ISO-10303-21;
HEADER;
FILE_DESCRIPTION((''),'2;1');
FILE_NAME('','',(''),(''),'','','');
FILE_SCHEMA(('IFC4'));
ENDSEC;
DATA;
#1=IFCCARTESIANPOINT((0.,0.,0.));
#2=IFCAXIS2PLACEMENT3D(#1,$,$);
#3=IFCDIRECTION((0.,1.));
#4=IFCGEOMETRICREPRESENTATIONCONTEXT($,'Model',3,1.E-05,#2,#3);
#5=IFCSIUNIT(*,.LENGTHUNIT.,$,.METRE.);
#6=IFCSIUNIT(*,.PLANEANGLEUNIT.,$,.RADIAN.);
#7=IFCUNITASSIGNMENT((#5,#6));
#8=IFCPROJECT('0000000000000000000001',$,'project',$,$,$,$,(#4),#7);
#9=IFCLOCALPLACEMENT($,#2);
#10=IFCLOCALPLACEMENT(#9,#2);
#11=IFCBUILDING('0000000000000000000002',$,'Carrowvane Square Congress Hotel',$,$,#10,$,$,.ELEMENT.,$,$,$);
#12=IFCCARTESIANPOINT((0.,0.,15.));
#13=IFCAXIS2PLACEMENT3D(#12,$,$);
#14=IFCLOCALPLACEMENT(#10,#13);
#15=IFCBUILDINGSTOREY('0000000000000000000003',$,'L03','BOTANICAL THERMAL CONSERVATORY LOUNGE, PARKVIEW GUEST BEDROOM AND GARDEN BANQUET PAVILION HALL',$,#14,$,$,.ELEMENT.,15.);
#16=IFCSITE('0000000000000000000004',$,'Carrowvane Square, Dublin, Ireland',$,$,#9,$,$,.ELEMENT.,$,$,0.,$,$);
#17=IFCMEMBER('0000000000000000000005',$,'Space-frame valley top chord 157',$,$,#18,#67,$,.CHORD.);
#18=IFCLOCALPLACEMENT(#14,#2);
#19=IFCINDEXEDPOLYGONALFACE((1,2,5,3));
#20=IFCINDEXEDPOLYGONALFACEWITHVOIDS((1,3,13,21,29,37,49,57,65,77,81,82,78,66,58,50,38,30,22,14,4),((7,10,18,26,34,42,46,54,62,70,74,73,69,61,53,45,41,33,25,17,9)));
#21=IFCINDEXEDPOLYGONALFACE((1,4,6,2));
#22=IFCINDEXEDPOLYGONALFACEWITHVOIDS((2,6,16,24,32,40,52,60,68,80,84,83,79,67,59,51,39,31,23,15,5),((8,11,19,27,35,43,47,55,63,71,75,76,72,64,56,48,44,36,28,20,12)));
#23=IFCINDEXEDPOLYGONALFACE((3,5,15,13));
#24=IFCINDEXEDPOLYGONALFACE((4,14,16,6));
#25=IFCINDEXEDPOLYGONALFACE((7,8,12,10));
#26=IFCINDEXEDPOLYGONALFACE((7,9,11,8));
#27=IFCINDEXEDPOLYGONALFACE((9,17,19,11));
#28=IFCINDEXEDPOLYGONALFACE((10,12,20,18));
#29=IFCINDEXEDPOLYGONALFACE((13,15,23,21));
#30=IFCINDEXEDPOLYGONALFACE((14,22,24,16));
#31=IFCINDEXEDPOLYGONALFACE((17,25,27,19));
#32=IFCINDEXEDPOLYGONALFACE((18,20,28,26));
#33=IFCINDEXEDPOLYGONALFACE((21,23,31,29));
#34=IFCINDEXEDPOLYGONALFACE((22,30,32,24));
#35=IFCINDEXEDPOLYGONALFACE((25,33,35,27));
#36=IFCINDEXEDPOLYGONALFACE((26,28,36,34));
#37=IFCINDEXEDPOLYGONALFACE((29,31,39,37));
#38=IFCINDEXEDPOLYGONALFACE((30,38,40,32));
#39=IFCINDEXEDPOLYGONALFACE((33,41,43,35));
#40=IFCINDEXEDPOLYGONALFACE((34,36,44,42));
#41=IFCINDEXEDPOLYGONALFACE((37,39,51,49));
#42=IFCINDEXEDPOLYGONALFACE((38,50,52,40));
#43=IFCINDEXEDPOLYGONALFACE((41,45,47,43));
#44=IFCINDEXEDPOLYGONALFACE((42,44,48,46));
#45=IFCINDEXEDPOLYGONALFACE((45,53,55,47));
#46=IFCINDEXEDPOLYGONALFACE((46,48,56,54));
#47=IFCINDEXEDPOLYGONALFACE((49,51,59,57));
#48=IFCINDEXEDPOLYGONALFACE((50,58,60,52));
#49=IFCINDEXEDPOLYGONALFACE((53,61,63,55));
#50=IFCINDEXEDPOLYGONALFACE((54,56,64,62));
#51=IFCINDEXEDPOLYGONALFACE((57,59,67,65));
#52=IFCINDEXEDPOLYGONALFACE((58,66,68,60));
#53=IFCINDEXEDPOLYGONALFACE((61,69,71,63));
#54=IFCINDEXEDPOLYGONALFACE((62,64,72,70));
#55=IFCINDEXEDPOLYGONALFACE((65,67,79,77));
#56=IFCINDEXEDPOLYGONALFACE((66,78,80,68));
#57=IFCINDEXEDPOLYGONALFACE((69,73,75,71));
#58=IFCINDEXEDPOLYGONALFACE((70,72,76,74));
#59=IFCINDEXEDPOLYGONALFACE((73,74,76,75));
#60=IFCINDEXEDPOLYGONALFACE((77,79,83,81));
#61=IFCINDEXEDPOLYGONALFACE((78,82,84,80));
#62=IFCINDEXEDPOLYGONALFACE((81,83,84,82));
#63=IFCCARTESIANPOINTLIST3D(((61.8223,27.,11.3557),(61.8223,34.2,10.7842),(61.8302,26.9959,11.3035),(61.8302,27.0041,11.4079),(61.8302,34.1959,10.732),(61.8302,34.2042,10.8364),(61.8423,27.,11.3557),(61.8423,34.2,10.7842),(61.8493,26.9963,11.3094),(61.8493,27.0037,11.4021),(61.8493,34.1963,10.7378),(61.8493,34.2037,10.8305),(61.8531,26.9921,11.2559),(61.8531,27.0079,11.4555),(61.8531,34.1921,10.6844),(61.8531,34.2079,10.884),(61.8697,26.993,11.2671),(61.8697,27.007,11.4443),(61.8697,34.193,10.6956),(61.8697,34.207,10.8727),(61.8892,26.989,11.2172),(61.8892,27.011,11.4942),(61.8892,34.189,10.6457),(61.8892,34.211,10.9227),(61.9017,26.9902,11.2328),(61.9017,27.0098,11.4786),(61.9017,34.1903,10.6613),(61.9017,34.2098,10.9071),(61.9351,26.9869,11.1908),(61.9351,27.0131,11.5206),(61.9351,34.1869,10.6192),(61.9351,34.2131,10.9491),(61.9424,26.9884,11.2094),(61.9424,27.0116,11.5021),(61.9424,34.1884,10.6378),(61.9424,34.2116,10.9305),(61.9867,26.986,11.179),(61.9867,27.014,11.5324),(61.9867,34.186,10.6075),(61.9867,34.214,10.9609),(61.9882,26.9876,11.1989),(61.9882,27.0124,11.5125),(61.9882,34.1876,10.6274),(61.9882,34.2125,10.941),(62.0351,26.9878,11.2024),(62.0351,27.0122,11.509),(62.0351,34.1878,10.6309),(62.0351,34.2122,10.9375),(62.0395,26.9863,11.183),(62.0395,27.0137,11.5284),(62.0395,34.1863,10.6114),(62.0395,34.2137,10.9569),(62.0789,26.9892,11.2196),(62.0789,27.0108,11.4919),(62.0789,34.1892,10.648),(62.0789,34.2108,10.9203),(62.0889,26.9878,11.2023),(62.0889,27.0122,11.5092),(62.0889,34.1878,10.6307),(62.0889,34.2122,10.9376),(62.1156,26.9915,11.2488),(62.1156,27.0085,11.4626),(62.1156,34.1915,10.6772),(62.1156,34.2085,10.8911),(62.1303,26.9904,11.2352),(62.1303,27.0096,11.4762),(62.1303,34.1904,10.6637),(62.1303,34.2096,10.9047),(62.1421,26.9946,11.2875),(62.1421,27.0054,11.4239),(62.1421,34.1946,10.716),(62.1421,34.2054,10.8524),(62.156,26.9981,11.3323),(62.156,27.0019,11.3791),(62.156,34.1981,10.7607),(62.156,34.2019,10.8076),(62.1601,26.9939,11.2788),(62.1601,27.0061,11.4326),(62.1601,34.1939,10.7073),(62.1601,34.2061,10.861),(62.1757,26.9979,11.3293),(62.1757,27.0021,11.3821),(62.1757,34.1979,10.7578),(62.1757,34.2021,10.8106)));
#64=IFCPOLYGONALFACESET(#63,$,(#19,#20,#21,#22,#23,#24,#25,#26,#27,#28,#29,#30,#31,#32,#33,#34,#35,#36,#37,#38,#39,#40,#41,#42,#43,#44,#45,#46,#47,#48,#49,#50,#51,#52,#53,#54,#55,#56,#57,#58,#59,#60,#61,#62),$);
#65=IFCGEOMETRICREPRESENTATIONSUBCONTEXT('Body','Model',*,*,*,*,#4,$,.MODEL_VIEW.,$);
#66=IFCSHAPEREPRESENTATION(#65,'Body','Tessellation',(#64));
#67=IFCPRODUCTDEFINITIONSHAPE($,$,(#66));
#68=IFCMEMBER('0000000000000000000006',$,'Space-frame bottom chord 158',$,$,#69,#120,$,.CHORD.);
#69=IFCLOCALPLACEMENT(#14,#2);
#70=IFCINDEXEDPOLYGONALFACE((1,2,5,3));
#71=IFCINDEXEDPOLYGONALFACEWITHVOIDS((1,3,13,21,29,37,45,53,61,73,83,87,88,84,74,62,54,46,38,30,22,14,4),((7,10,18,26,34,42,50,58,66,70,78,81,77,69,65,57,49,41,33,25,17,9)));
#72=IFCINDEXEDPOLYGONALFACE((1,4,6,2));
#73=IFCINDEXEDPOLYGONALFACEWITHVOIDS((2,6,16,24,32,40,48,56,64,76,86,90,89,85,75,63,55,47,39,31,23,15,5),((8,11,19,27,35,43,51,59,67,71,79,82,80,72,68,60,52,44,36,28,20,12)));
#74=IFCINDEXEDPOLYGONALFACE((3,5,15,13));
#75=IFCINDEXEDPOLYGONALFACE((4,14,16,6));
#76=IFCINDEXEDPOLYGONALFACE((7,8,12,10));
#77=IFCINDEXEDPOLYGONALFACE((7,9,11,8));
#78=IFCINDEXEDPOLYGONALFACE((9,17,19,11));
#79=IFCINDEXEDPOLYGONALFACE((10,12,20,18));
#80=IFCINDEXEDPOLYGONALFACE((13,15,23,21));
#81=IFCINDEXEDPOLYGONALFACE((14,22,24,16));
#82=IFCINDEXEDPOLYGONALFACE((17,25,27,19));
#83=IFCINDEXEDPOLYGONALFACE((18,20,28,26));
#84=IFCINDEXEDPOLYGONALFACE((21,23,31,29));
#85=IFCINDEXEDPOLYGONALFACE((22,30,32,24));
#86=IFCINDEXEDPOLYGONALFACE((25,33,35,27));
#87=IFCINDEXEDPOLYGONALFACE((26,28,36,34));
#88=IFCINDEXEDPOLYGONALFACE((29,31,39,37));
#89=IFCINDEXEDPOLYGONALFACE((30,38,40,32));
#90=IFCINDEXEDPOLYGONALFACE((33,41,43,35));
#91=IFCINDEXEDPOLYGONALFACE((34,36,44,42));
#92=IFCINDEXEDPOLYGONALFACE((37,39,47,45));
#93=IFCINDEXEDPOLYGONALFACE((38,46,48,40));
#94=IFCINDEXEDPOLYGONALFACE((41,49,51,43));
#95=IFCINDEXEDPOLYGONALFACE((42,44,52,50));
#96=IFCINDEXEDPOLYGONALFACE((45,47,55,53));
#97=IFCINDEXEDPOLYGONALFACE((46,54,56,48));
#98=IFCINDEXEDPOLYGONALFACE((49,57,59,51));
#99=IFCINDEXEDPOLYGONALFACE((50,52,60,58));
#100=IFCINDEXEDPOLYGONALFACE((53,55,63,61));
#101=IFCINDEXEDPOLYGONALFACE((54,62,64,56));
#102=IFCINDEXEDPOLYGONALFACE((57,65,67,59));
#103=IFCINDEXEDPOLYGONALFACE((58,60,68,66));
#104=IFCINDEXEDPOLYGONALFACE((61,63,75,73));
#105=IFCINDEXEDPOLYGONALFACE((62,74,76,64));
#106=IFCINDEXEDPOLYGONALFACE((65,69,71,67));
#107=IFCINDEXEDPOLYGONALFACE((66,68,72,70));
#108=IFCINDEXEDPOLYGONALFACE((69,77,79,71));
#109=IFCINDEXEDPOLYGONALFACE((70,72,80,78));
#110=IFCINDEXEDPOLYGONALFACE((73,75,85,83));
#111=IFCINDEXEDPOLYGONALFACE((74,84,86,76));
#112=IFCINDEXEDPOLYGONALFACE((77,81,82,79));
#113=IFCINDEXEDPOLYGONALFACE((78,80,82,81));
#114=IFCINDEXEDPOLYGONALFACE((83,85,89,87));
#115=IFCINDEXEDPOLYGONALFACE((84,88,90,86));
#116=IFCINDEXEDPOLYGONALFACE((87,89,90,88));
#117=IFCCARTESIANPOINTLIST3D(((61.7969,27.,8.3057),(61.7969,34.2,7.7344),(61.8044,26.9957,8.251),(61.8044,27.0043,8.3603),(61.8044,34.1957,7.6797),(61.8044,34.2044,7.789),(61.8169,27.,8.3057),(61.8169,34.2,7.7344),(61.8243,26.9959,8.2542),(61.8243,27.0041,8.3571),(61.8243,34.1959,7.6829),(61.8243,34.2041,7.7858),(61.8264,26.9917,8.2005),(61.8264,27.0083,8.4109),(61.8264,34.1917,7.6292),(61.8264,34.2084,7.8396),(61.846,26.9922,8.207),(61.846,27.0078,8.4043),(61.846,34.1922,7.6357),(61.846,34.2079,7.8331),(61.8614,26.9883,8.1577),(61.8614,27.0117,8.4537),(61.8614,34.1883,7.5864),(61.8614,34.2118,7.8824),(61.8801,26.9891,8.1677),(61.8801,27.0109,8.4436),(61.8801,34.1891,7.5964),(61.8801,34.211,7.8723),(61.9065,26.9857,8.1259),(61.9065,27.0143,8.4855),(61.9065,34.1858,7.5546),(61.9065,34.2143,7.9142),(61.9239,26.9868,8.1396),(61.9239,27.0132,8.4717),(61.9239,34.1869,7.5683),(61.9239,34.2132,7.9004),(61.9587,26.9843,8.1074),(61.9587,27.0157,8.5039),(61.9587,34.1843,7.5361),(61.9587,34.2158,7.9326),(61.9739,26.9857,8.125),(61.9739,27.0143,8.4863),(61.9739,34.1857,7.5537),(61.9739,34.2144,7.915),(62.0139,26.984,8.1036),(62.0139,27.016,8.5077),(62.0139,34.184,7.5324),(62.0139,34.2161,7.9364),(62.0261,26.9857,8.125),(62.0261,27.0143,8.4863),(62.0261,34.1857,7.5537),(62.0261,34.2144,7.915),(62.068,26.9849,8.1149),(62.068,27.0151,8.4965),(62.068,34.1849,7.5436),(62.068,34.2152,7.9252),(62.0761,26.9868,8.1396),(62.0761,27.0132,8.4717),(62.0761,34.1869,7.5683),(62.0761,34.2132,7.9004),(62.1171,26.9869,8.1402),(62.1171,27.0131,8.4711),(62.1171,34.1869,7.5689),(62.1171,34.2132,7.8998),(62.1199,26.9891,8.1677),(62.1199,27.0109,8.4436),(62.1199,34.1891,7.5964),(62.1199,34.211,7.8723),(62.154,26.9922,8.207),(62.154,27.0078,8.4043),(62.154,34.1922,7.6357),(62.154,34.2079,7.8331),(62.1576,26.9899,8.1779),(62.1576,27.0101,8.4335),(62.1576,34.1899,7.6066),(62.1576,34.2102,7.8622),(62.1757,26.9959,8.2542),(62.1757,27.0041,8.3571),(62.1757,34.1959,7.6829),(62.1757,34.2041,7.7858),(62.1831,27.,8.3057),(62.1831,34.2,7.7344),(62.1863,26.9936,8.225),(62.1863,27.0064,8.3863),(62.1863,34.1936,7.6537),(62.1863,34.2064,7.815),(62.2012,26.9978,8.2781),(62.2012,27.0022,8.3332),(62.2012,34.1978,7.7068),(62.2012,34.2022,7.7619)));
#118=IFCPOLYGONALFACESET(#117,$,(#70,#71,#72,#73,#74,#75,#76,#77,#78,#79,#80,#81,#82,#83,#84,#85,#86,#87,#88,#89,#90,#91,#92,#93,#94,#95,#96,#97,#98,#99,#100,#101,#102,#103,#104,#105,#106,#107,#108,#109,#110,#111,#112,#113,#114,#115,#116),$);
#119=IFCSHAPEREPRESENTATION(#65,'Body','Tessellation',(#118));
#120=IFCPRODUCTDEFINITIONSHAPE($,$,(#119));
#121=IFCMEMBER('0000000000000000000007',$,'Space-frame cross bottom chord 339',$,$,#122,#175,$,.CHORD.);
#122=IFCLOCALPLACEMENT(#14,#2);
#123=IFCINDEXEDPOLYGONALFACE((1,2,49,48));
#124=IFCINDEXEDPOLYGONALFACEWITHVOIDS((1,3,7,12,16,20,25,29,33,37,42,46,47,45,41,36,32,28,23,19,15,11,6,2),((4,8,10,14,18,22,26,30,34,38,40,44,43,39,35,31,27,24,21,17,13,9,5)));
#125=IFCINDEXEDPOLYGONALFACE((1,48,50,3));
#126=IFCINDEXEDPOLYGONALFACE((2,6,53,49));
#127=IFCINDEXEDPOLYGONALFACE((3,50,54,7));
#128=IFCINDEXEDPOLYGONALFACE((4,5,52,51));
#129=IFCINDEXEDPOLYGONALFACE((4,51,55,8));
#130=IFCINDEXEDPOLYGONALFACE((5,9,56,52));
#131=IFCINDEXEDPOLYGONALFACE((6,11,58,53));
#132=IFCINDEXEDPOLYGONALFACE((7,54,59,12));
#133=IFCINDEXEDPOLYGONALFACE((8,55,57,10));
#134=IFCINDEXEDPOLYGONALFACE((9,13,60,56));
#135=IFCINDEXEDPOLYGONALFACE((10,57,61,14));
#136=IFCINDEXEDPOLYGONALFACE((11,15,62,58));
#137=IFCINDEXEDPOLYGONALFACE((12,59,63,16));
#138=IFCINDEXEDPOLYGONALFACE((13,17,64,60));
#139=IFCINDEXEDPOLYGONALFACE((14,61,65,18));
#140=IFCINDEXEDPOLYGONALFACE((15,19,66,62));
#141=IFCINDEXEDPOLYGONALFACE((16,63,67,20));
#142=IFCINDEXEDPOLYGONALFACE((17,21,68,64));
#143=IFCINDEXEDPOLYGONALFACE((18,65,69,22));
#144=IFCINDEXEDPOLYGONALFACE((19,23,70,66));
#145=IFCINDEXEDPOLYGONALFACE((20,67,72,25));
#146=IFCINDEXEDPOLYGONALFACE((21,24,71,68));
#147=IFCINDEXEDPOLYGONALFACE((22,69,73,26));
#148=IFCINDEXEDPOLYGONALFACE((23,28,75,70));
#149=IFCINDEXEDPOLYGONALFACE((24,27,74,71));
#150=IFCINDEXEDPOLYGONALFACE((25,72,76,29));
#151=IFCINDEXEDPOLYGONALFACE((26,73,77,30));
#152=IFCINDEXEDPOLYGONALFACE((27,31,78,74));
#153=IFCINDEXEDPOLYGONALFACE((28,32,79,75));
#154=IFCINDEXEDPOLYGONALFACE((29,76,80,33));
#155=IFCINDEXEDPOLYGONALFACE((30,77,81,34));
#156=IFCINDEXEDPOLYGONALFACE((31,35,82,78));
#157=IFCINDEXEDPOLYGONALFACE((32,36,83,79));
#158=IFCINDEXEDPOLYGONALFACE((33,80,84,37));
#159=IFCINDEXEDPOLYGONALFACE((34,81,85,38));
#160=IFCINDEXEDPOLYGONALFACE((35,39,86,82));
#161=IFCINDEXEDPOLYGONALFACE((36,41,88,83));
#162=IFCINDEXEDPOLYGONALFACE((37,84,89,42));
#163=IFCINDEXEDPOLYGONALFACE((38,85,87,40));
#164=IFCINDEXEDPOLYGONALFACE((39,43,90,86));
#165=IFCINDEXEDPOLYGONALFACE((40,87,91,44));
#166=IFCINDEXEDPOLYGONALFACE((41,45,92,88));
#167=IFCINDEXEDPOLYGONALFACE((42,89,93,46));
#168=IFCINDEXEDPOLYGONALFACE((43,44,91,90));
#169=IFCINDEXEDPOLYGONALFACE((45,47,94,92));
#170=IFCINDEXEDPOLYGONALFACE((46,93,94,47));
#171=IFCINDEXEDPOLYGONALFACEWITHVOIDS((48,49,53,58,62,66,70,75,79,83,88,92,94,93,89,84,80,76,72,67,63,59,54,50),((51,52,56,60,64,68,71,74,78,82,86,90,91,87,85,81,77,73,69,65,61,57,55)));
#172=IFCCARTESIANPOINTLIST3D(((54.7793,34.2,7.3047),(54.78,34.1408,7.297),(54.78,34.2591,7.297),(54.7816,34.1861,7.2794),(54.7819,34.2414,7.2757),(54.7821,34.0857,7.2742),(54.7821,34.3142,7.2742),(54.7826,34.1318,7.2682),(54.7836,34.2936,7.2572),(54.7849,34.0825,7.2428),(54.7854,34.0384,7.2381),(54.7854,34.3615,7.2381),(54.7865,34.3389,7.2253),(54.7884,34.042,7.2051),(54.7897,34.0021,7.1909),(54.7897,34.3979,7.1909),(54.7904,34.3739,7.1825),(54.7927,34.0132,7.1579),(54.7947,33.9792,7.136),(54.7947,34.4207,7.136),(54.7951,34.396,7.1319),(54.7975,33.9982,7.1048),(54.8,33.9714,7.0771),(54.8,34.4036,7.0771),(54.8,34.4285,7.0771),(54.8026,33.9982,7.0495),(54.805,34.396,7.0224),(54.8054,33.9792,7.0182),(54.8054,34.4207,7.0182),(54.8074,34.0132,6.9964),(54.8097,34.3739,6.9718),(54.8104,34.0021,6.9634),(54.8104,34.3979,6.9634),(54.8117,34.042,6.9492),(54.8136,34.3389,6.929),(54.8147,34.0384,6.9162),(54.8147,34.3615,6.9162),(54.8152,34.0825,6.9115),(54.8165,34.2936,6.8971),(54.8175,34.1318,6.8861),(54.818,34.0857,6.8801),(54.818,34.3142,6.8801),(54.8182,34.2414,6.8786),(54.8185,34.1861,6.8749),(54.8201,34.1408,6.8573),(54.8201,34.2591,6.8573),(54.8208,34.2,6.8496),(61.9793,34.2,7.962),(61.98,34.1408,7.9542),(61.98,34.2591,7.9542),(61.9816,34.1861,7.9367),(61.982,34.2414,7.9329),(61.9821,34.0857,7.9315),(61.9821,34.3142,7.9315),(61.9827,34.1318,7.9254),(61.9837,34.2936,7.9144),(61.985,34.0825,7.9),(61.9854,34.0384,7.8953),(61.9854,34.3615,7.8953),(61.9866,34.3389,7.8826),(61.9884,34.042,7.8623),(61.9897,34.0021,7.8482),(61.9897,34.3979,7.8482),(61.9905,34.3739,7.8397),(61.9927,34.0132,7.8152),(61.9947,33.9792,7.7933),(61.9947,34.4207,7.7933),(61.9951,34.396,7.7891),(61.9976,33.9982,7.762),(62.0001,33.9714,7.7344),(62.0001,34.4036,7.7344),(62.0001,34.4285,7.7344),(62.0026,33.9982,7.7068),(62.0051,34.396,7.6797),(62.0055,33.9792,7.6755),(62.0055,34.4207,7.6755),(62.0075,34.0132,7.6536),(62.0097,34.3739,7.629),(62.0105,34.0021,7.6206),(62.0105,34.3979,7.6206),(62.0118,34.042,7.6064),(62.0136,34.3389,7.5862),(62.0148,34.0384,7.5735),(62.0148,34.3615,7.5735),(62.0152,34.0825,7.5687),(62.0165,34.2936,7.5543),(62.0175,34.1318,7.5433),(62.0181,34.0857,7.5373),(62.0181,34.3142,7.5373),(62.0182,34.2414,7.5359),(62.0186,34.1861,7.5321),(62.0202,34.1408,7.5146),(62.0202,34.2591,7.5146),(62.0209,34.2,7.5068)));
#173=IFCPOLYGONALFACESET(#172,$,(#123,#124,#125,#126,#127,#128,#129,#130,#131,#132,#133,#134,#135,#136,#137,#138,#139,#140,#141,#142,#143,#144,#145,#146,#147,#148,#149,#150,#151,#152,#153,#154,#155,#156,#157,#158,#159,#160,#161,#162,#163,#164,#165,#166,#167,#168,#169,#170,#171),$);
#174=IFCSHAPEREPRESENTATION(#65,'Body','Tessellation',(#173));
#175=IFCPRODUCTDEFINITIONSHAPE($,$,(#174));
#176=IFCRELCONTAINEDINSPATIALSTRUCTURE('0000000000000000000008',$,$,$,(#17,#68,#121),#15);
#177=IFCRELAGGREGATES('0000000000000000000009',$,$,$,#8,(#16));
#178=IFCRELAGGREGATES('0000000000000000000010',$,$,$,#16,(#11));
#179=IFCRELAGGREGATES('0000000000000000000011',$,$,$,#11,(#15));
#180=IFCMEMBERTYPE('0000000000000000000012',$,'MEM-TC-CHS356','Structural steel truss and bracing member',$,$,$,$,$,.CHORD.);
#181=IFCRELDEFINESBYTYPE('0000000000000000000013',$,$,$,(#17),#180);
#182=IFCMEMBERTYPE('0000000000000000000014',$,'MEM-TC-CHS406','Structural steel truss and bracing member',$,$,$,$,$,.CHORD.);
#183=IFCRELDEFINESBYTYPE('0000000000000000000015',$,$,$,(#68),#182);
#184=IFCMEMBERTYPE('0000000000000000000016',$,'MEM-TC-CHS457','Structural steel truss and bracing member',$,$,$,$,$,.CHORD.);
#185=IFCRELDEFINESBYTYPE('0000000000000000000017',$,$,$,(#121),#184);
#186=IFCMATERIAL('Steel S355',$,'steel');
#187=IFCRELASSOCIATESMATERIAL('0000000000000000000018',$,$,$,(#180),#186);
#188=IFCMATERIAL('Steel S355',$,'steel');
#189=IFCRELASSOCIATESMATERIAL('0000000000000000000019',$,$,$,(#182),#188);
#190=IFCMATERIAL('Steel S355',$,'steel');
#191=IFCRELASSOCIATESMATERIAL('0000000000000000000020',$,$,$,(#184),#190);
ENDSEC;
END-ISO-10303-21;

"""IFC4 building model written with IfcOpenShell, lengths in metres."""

from ifc_helpers import new_model, si_unit, direction, frame, origin, origin_2d, place, context, subcontext, project, spatial, hollow_circle, extrude, material, material_profile, profile_set, type_object, element, save


model = new_model("IFC4")

# Units and contexts
model_context = context("Model", 3, precision=1e-05, world=origin(), true_north=direction((0.0, 1.0)))
body_context = subcontext(model_context, "Body", "Model", "MODEL_VIEW")
ifc_project = project(units=[si_unit("LENGTHUNIT", "METRE"), si_unit("PLANEANGLEUNIT", "RADIAN")], contexts=[model_context])

# Site, building, storey
site_placement = place(None, origin())
site = spatial("IfcSite", under=ifc_project, at=site_placement, Name="Carrowvane Square, Dublin, Ireland", CompositionType="ELEMENT", RefElevation=0.0)
building_placement = place(site_placement, origin())
building = spatial("IfcBuilding", under=site, at=building_placement, Name="Carrowvane Square Congress Hotel", CompositionType="ELEMENT")
storey_placement = place(building_placement, frame((0.0, 0.0, 15.0)))
storey = spatial("IfcBuildingStorey", under=building, at=storey_placement, Name="L03", Description="BOTANICAL THERMAL CONSERVATORY LOUNGE, PARKVIEW GUEST BEDROOM AND GARDEN BANQUET PAVILION HALL", CompositionType="ELEMENT", Elevation=15.0)

# Members
ifc_material_1 = material(Name="Steel S355", Category="steel")
ifc_material_profile_1 = material_profile(ifc_material_1, hollow_circle(Radius=0.1777, WallThickness=0.02, at=origin_2d()), Name="CHS 355.6x20")
ifc_profile_set_1 = profile_set([ifc_material_profile_1], Name="Steel S355")
member_type_1 = type_object("IfcMemberType", Name="MEM-TC-CHS356", Description="Structural steel truss and bracing member", PredefinedType="CHORD", material=ifc_profile_set_1)
member_1_placement = place(storey_placement, frame((62.0, 27.0, 11.3557), z_axis=(0.0, 0.996864, -0.079131), x_axis=(-1.0, 0.0, 0.0)))
element("IfcMember", 1, at=member_1_placement, inside=storey, type_object=member_type_1, Name="Space-frame valley top chord 157", PredefinedType="CHORD", context=body_context, shape_type="SweptSolid", body=[
    extrude(hollow_circle(Radius=0.1777, WallThickness=0.02, at=origin_2d()), origin(), (0.0, 0.0, 1.0), 7.2227),
])
ifc_material_2 = material(Name="Steel S355", Category="steel")
ifc_material_profile_2 = material_profile(ifc_material_2, hollow_circle(Radius=0.2031, WallThickness=0.02, at=origin_2d()), Name="CHS 406.4x20")
ifc_profile_set_2 = profile_set([ifc_material_profile_2], Name="Steel S355")
member_type_2 = type_object("IfcMemberType", Name="MEM-TC-CHS406", Description="Structural steel truss and bracing member", PredefinedType="CHORD", material=ifc_profile_set_2)
member_2_placement = place(storey_placement, frame((62.0, 27.0, 8.3057), z_axis=(0.0, 0.996867, -0.079098), x_axis=(-1.0, 0.0, 0.0)))
element("IfcMember", 2, at=member_2_placement, inside=storey, type_object=member_type_2, Name="Space-frame bottom chord 158", PredefinedType="CHORD", context=body_context, shape_type="SweptSolid", body=[
    extrude(hollow_circle(Radius=0.2031, WallThickness=0.02, at=origin_2d()), origin(), (0.0, 0.0, 1.0), 7.2227),
])
ifc_material_3 = material(Name="Steel S355", Category="steel")
ifc_material_profile_3 = material_profile(ifc_material_3, hollow_circle(Radius=0.2285, WallThickness=0.0249, at=origin_2d()), Name="CHS 457.0x25")
ifc_profile_set_3 = profile_set([ifc_material_profile_3], Name="Steel S355")
member_type_3 = type_object("IfcMemberType", Name="MEM-TC-CHS457", Description="Structural steel truss and bracing member", PredefinedType="CHORD", material=ifc_profile_set_3)
member_3_placement = place(storey_placement, frame((54.8, 34.2, 7.0771), z_axis=(0.99586, 0.0, 0.090904), x_axis=(0.0, 1.0, 0.0)))
element("IfcMember", 3, at=member_3_placement, inside=storey, type_object=member_type_3, Name="Space-frame cross bottom chord 339", PredefinedType="CHORD", context=body_context, shape_type="SweptSolid", body=[
    extrude(hollow_circle(Radius=0.2285, WallThickness=0.0249, at=origin_2d()), origin(), (0.0, 0.0, 1.0), 7.23),
])

save(model, "model.ifc")
